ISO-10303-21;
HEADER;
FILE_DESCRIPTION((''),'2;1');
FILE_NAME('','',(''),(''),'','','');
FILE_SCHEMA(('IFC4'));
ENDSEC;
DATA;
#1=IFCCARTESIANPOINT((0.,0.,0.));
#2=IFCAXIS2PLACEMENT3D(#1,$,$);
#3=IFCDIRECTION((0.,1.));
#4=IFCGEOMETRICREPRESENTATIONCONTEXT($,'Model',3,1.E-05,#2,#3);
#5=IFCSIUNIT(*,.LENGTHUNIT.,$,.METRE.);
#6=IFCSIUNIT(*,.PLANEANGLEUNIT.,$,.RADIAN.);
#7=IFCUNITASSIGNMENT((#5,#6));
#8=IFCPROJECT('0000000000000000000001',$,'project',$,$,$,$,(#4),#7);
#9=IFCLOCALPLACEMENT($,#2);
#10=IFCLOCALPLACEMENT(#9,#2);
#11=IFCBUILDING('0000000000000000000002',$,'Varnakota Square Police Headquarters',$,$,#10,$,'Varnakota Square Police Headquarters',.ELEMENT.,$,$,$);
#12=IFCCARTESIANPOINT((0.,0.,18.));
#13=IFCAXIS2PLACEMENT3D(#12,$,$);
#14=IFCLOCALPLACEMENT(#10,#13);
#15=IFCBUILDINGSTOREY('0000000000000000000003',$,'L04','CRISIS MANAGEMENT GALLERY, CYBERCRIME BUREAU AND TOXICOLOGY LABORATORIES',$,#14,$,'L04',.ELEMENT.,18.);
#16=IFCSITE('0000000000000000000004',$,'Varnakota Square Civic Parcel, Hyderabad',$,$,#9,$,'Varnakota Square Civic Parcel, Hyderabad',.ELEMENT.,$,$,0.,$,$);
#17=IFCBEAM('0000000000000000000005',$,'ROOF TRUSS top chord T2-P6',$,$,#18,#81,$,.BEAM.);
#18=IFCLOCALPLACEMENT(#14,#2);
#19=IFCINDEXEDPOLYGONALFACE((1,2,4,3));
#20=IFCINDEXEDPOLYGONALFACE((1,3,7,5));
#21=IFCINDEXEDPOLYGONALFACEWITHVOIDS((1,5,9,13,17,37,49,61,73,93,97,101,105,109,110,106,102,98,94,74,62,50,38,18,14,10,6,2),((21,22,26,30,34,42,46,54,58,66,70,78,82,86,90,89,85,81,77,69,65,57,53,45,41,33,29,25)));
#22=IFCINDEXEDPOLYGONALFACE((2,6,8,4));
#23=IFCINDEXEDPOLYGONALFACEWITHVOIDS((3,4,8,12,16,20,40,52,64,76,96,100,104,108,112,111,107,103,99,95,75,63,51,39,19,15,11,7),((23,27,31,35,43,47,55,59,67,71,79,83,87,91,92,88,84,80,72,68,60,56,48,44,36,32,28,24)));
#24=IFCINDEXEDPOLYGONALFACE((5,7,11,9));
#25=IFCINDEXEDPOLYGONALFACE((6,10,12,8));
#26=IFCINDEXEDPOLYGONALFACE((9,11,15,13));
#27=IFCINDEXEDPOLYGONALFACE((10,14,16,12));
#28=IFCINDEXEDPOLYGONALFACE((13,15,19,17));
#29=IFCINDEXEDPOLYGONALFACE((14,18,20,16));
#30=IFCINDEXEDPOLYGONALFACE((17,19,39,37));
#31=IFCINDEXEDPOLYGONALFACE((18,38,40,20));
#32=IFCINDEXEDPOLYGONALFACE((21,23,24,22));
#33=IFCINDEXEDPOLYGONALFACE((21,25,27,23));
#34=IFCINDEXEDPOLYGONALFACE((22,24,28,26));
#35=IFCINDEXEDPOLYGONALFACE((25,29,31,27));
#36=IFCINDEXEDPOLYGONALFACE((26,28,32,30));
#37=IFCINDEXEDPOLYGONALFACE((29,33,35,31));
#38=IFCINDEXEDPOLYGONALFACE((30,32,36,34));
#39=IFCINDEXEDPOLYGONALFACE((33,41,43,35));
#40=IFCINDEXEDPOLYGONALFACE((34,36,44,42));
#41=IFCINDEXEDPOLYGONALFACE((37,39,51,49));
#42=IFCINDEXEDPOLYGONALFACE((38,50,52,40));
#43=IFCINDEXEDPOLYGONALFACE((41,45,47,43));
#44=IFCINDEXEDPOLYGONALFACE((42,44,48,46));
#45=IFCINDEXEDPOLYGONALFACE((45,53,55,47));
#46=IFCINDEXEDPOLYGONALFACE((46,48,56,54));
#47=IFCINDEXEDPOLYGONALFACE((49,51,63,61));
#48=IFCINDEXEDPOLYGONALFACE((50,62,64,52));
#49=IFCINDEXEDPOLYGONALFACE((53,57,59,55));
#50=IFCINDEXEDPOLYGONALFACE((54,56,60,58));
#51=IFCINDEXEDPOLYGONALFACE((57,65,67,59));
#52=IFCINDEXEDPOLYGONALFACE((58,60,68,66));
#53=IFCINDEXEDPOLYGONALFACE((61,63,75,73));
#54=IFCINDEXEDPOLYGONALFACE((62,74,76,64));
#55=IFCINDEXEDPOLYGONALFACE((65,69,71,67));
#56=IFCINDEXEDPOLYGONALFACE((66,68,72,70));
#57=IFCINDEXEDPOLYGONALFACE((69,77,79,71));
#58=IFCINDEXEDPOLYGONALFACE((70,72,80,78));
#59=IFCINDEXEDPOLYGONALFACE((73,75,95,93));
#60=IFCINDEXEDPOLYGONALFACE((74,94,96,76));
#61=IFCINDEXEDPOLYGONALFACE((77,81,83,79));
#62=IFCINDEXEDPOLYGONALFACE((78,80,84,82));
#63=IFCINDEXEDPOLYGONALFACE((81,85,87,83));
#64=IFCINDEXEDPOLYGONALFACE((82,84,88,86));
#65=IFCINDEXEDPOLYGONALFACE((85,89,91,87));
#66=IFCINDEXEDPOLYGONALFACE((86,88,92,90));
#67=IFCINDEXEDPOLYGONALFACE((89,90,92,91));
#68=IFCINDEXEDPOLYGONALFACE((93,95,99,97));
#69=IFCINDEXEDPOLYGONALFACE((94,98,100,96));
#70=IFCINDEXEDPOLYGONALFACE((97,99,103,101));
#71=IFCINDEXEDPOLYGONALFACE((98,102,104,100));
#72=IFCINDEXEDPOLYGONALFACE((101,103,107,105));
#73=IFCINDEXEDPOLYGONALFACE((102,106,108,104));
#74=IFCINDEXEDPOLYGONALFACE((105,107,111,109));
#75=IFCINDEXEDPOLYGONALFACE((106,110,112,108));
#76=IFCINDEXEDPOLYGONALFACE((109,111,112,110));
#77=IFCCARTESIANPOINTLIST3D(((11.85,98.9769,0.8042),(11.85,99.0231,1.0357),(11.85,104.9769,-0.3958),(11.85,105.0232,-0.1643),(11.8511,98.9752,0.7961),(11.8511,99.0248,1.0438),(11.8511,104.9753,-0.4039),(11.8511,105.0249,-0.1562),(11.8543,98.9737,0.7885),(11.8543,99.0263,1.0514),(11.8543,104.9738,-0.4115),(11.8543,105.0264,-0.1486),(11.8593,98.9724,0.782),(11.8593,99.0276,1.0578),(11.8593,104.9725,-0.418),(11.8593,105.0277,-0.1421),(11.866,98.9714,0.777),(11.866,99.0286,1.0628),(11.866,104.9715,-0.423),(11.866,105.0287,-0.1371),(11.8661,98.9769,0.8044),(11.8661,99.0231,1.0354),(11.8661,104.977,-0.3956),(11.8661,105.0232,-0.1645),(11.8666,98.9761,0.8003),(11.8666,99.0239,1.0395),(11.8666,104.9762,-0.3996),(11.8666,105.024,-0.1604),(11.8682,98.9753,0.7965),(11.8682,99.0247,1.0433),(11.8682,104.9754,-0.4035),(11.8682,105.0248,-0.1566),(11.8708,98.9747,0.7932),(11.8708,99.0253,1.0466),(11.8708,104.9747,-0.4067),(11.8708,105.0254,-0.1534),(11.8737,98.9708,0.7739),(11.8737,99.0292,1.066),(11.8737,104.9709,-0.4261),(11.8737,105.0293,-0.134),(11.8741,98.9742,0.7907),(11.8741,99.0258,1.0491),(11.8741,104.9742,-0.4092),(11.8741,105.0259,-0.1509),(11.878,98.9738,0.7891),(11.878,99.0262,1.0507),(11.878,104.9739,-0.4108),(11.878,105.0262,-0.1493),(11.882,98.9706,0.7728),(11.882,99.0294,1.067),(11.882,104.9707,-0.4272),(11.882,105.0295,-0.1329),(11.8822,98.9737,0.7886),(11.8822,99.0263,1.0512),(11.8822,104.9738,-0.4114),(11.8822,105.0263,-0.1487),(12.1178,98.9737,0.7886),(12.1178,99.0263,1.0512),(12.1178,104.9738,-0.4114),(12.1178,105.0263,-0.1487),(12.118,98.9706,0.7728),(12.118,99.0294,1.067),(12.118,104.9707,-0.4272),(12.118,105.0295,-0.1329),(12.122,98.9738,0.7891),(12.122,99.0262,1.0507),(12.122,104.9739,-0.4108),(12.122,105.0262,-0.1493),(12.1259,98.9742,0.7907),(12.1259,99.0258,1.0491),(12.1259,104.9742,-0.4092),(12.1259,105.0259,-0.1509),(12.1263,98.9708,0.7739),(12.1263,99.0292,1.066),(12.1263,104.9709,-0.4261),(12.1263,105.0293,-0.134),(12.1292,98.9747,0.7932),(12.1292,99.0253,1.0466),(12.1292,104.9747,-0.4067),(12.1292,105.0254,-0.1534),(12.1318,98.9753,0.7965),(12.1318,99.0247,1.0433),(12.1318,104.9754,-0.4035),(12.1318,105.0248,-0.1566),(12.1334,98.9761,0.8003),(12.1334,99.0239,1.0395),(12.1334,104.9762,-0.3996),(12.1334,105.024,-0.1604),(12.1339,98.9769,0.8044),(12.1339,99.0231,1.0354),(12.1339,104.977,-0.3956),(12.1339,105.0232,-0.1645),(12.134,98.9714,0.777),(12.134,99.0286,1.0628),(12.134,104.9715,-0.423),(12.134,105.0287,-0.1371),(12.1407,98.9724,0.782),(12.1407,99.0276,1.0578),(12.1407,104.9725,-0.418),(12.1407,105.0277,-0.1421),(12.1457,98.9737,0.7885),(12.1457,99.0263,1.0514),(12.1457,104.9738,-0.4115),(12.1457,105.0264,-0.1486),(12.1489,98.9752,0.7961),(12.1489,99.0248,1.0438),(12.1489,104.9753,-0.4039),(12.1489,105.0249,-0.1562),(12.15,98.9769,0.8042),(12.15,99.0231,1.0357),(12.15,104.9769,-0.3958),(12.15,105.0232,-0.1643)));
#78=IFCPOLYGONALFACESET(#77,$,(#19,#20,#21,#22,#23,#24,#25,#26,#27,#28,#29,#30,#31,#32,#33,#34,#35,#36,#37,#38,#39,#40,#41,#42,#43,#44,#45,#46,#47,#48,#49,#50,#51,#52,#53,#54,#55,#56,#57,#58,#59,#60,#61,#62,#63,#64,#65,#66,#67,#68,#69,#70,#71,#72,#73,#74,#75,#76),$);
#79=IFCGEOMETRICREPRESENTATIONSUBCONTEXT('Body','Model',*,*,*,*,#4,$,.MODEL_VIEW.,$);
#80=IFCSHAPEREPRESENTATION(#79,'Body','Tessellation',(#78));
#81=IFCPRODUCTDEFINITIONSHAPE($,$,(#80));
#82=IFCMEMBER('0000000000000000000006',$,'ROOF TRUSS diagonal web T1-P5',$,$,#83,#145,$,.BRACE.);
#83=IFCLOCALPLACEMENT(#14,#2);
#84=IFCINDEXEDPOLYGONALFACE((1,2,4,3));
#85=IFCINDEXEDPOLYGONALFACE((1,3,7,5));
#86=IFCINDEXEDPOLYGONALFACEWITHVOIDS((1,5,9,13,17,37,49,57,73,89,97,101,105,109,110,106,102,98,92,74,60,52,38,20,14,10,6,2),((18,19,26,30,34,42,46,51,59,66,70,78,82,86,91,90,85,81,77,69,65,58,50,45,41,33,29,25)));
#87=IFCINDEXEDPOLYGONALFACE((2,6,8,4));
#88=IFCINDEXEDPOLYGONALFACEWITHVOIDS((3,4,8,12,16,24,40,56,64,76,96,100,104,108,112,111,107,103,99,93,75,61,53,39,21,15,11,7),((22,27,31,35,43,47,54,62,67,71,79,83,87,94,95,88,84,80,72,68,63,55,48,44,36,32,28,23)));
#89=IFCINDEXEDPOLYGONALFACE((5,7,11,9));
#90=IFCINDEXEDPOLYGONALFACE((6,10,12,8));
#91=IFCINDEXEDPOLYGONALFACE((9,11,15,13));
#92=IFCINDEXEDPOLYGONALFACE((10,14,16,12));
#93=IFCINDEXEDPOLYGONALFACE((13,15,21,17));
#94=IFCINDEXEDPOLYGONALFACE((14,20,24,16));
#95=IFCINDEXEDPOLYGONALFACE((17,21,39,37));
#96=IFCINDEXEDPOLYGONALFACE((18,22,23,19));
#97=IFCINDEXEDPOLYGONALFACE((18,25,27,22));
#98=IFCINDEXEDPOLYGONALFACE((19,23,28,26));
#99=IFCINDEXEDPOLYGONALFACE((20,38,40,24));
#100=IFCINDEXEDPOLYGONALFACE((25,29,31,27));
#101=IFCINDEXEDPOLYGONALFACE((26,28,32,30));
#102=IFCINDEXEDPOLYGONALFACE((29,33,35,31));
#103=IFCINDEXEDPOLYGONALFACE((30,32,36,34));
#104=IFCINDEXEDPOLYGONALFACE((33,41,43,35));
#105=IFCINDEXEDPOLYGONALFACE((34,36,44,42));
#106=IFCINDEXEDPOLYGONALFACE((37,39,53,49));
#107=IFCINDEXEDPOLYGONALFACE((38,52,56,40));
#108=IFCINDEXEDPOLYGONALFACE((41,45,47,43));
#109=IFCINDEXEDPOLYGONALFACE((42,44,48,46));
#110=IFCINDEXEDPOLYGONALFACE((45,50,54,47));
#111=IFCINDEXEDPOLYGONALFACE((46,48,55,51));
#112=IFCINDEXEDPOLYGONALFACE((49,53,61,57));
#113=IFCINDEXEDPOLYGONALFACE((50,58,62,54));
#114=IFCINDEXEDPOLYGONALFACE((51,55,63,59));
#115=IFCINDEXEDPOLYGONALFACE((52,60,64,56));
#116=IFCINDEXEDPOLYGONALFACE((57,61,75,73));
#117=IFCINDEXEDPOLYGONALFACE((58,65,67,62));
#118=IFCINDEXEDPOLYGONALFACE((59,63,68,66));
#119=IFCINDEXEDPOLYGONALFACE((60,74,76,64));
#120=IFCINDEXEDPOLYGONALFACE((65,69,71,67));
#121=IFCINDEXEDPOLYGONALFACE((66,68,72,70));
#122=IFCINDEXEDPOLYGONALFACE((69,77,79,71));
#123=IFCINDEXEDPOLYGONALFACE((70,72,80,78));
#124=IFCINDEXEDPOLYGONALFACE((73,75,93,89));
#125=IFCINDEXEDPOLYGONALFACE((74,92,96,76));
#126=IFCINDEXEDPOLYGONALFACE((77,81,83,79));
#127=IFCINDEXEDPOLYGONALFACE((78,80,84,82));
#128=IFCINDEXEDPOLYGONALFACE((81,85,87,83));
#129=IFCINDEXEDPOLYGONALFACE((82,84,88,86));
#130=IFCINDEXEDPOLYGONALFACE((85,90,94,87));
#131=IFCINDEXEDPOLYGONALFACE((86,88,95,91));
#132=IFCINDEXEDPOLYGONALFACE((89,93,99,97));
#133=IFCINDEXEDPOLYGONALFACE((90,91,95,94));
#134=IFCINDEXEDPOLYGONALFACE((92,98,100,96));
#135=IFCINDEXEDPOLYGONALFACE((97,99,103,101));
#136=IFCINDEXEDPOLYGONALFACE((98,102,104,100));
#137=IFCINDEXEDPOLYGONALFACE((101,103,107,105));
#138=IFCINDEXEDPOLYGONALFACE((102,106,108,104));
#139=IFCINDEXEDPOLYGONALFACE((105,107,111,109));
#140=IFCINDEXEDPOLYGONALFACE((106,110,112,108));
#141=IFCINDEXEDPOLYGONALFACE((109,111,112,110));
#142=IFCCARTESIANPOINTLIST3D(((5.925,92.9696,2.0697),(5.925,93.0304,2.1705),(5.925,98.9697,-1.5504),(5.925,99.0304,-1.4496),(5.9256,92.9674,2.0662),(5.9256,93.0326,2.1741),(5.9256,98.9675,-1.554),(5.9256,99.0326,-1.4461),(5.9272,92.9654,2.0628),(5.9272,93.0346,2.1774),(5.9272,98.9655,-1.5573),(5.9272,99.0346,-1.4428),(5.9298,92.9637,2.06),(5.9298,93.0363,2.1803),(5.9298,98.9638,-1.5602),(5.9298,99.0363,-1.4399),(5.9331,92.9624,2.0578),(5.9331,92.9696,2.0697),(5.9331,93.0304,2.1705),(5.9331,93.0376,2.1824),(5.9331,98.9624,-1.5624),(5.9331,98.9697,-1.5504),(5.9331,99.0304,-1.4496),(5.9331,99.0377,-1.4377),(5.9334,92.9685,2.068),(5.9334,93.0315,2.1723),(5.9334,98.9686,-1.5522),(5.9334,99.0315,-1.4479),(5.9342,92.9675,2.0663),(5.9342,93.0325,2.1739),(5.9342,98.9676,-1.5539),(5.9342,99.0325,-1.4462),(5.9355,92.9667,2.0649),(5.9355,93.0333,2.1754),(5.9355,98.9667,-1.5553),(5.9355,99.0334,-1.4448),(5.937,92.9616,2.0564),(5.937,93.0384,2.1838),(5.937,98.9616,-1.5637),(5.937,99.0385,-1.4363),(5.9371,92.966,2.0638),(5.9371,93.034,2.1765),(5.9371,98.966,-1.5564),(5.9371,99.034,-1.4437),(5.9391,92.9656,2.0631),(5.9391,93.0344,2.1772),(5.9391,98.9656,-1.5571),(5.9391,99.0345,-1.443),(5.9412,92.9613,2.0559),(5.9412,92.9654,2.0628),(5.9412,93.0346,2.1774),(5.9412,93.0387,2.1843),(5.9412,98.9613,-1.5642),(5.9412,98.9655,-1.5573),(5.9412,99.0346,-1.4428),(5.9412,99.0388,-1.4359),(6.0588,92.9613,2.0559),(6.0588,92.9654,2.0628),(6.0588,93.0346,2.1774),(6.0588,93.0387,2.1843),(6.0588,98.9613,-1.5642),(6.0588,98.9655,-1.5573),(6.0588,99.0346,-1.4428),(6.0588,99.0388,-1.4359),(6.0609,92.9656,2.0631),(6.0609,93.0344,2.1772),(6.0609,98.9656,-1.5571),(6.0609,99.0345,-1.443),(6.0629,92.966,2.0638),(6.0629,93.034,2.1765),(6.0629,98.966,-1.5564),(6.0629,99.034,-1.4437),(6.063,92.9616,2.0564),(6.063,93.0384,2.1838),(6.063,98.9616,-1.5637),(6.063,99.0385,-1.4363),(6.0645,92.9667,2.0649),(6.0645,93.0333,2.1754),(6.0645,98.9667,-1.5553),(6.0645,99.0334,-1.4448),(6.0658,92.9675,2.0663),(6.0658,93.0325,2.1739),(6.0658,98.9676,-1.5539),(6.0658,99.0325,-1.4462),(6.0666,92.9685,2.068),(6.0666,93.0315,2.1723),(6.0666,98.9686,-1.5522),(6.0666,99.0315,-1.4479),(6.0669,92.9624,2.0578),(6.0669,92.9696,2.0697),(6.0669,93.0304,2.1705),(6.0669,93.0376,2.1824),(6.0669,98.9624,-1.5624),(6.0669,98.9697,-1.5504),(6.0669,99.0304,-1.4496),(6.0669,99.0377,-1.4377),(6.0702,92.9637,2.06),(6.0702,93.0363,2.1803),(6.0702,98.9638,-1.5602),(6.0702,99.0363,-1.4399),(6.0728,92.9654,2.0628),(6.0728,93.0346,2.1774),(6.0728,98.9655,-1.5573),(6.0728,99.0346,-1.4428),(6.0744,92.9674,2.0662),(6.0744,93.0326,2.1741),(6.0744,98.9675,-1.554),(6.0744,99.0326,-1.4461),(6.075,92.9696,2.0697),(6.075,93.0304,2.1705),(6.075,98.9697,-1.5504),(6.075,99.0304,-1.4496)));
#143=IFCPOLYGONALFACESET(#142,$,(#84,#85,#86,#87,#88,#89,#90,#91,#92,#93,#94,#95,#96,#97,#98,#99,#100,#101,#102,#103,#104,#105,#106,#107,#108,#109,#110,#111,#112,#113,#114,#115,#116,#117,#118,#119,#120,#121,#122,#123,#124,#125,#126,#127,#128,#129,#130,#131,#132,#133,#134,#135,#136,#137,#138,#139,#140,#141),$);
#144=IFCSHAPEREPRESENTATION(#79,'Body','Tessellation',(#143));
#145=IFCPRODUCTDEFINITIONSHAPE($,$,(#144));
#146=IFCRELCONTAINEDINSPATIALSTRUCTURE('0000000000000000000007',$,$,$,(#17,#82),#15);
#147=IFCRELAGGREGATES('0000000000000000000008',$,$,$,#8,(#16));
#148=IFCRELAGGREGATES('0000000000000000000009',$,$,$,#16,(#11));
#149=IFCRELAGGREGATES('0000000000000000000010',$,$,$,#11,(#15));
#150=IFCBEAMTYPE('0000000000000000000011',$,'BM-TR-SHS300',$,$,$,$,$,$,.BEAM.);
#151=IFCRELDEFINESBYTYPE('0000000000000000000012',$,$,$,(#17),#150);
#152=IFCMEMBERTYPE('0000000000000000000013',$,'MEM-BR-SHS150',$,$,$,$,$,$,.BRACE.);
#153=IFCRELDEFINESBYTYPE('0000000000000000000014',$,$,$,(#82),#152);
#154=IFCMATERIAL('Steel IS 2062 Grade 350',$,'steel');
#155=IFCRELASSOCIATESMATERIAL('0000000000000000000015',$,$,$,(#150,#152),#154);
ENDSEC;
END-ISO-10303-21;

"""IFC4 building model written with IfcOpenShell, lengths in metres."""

from ifc_helpers import new_model, si_unit, direction, frame, origin, origin_2d, place, context, subcontext, project, spatial, hollow_rectangle, extrude, material, material_profile, profile_set, type_object, element, save


model = new_model("IFC4")

# Units and contexts
model_context = context("Model", 3, precision=1e-05, world=origin(), true_north=direction((0.0, 1.0)))
body_context = subcontext(model_context, "Body", "Model", "MODEL_VIEW")
ifc_project = project(units=[si_unit("LENGTHUNIT", "METRE"), si_unit("PLANEANGLEUNIT", "RADIAN")], contexts=[model_context])

# Site, building, storey
site_placement = place(None, origin())
site = spatial("IfcSite", under=ifc_project, at=site_placement, Name="Varnakota Square Civic Parcel, Hyderabad", LongName="Varnakota Square Civic Parcel, Hyderabad", CompositionType="ELEMENT", RefElevation=0.0)
building_placement = place(site_placement, origin())
building = spatial("IfcBuilding", under=site, at=building_placement, Name="Varnakota Square Police Headquarters", LongName="Varnakota Square Police Headquarters", CompositionType="ELEMENT")
storey_placement = place(building_placement, frame((0.0, 0.0, 18.0)))
storey = spatial("IfcBuildingStorey", under=building, at=storey_placement, Name="L04", Description="CRISIS MANAGEMENT GALLERY, CYBERCRIME BUREAU AND TOXICOLOGY LABORATORIES", LongName="L04", CompositionType="ELEMENT", Elevation=18.0)

# Beam
ifc_material_1 = material(Name="Steel IS 2062 Grade 350", Category="steel")
ifc_material_profile_1 = material_profile(ifc_material_1, hollow_rectangle(XDim=0.3, YDim=0.3, WallThickness=0.0161, InnerFilletRadius=0.0161, OuterFilletRadius=0.032, at=origin_2d()), Name="SHS 300x300x16")
ifc_profile_set_1 = profile_set([ifc_material_profile_1], Name="Steel IS 2062 Grade 350")
beam_type_1 = type_object("IfcBeamType", Name="BM-TR-SHS300", PredefinedType="BEAM", material=ifc_profile_set_1)
for number, where, z_axis, x_axis, name in (
    (1, (12.0, 99.0, 0.9199), (0.0, 0.980582, -0.196108), (-1.0, 0.0, 0.0), "ROOF TRUSS top chord T2-P6"),
):
    element("IfcBeam", number, at=place(storey_placement, frame(where, z_axis=z_axis, x_axis=x_axis)), inside=storey, type_object=beam_type_1, Name=name, PredefinedType="BEAM", context=body_context, shape_type="SweptSolid", body=[
        extrude(hollow_rectangle(XDim=0.3, YDim=0.3, WallThickness=0.0161, InnerFilletRadius=0.0161, OuterFilletRadius=0.032, at=origin_2d()), origin(), (0.0, 0.0, 1.0), 6.1189),
    ])

# Member
ifc_material_profile_2 = material_profile(ifc_material_1, hollow_rectangle(XDim=0.1499, YDim=0.1499, WallThickness=0.0081, InnerFilletRadius=0.0081, OuterFilletRadius=0.0161, at=origin_2d()), Name="SHS 150x150x8")
ifc_profile_set_2 = profile_set([ifc_material_profile_2], Name="Steel IS 2062 Grade 350")
member_type_1 = type_object("IfcMemberType", Name="MEM-BR-SHS150", PredefinedType="BRACE", material=ifc_profile_set_2)
member_1_placement = place(storey_placement, frame((6.0, 93.0, 2.1201), z_axis=(0.0, 0.856224, -0.516605), x_axis=(-1.0, 0.0, 0.0)))
element("IfcMember", 2, at=member_1_placement, inside=storey, type_object=member_type_1, Name="ROOF TRUSS diagonal web T1-P5", PredefinedType="BRACE", context=body_context, shape_type="SweptSolid", body=[
    extrude(hollow_rectangle(XDim=0.1499, YDim=0.1499, WallThickness=0.0081, InnerFilletRadius=0.0081, OuterFilletRadius=0.0161, at=origin_2d()), origin(), (0.0, 0.0, 1.0), 7.0076),
])

save(model, "model.ifc")
